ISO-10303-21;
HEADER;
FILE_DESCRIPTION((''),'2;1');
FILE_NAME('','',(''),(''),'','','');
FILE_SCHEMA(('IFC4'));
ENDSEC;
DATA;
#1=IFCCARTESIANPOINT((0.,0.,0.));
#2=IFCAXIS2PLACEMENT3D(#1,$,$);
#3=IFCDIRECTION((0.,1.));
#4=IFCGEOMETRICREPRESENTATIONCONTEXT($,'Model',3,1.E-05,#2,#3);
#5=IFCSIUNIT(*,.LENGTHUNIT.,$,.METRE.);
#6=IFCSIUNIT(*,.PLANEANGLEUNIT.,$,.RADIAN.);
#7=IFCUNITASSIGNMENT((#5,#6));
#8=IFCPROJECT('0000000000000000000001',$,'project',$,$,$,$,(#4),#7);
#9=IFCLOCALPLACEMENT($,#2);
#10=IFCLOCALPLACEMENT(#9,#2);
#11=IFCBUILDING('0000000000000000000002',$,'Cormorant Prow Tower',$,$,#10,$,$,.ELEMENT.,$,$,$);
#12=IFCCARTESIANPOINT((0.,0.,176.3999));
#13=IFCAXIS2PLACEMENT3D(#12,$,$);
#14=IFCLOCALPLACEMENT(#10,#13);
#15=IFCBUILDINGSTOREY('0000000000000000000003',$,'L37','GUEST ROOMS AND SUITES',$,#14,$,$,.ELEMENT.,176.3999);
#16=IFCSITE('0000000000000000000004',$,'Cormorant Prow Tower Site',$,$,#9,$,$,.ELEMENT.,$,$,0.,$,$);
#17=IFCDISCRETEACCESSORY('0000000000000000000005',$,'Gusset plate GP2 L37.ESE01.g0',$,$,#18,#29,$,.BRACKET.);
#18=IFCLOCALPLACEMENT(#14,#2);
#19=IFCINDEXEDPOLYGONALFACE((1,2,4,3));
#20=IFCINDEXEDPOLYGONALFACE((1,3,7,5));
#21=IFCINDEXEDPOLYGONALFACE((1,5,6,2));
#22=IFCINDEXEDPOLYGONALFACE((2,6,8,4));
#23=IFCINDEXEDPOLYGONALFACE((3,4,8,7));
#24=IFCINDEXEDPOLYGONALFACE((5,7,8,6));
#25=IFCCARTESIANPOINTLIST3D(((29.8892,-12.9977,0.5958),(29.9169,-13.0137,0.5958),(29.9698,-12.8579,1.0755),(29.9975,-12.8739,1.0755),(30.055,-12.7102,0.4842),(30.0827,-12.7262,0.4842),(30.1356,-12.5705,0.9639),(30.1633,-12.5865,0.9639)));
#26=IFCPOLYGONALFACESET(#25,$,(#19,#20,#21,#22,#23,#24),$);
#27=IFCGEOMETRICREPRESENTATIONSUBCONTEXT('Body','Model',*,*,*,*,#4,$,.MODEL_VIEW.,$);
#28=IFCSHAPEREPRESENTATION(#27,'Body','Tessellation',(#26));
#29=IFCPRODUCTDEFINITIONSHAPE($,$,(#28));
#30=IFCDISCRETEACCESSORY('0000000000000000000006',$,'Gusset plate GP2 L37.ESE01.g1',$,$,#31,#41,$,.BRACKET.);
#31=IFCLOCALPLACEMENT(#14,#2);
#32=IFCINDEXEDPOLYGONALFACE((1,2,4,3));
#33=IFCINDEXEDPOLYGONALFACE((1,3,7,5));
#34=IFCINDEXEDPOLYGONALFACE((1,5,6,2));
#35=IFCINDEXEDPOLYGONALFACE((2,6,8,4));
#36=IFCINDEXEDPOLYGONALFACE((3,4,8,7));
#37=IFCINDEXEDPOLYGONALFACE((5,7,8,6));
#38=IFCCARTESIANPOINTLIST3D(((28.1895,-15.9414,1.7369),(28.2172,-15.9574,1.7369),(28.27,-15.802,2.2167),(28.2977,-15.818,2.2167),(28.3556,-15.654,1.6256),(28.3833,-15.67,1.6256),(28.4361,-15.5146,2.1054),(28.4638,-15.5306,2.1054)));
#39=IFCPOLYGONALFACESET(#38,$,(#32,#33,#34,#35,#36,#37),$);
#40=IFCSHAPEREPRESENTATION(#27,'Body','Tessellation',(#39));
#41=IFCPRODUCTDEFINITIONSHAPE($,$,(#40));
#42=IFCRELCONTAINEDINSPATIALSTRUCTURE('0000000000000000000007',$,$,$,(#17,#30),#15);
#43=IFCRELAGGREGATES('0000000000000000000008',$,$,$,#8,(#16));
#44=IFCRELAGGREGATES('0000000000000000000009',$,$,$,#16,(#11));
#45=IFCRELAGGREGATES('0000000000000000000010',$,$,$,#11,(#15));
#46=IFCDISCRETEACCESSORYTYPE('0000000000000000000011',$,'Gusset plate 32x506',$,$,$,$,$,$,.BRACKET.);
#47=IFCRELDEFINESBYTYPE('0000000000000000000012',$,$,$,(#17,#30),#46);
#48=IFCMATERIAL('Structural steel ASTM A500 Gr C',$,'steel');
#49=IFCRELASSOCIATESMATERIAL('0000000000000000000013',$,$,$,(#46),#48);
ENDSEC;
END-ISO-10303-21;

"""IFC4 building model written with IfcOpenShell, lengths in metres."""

from ifc_helpers import new_model, si_unit, direction, frame, origin, origin_2d, place, context, subcontext, project, spatial, rectangle, extrude, material, material_profile, profile_set, type_object, element, save


model = new_model("IFC4")

# Units and contexts
model_context = context("Model", 3, precision=1e-05, world=origin(), true_north=direction((0.0, 1.0)))
body_context = subcontext(model_context, "Body", "Model", "MODEL_VIEW")
ifc_project = project(units=[si_unit("LENGTHUNIT", "METRE"), si_unit("PLANEANGLEUNIT", "RADIAN")], contexts=[model_context])

# Site, building, storey
site_placement = place(None, origin())
site = spatial("IfcSite", under=ifc_project, at=site_placement, Name="Cormorant Prow Tower Site", CompositionType="ELEMENT", RefElevation=0.0)
building_placement = place(site_placement, origin())
building = spatial("IfcBuilding", under=site, at=building_placement, Name="Cormorant Prow Tower", CompositionType="ELEMENT")
storey_placement = place(building_placement, frame((0.0, 0.0, 176.3999)))
storey = spatial("IfcBuildingStorey", under=building, at=storey_placement, Name="L37", Description="GUEST ROOMS AND SUITES", CompositionType="ELEMENT", Elevation=176.3999)

# Discrete accessories
ifc_material_1 = material(Name="Structural steel ASTM A500 Gr C", Category="steel")
ifc_material_profile_1 = material_profile(ifc_material_1, rectangle(XDim=0.032, YDim=0.5061, at=origin_2d()), Name="Gusset plate 32x506")
ifc_profile_set_1 = profile_set([ifc_material_profile_1], Name="Structural steel ASTM A500 Gr C")
discrete_accessory_type = type_object("IfcDiscreteAccessoryType", Name="Gusset plate 32x506", PredefinedType="BRACKET", material=ifc_profile_set_1)
for number, where, z_axis, x_axis, name in (
    (1, (29.9434, -12.9358, 0.8357), (0.473632, 0.821008, -0.318777), (-0.866198, 0.499701, 0.0), "Gusset plate GP2 L37.ESE01.g0"),
    (2, (28.4097, -15.5923, 1.8655), (-0.474278, -0.820919, 0.318045), (0.865879, -0.500253, 0.0), "Gusset plate GP2 L37.ESE01.g1"),
):
    element("IfcDiscreteAccessory", number, at=place(storey_placement, frame(where, z_axis=z_axis, x_axis=x_axis)), inside=storey, type_object=discrete_accessory_type, Name=name, PredefinedType="BRACKET", context=body_context, shape_type="SweptSolid", body=[
        extrude(rectangle(XDim=0.032, YDim=0.5061, at=origin_2d()), origin(), (0.0, 0.0, 1.0), 0.3501),
    ])

save(model, "model.ifc")
